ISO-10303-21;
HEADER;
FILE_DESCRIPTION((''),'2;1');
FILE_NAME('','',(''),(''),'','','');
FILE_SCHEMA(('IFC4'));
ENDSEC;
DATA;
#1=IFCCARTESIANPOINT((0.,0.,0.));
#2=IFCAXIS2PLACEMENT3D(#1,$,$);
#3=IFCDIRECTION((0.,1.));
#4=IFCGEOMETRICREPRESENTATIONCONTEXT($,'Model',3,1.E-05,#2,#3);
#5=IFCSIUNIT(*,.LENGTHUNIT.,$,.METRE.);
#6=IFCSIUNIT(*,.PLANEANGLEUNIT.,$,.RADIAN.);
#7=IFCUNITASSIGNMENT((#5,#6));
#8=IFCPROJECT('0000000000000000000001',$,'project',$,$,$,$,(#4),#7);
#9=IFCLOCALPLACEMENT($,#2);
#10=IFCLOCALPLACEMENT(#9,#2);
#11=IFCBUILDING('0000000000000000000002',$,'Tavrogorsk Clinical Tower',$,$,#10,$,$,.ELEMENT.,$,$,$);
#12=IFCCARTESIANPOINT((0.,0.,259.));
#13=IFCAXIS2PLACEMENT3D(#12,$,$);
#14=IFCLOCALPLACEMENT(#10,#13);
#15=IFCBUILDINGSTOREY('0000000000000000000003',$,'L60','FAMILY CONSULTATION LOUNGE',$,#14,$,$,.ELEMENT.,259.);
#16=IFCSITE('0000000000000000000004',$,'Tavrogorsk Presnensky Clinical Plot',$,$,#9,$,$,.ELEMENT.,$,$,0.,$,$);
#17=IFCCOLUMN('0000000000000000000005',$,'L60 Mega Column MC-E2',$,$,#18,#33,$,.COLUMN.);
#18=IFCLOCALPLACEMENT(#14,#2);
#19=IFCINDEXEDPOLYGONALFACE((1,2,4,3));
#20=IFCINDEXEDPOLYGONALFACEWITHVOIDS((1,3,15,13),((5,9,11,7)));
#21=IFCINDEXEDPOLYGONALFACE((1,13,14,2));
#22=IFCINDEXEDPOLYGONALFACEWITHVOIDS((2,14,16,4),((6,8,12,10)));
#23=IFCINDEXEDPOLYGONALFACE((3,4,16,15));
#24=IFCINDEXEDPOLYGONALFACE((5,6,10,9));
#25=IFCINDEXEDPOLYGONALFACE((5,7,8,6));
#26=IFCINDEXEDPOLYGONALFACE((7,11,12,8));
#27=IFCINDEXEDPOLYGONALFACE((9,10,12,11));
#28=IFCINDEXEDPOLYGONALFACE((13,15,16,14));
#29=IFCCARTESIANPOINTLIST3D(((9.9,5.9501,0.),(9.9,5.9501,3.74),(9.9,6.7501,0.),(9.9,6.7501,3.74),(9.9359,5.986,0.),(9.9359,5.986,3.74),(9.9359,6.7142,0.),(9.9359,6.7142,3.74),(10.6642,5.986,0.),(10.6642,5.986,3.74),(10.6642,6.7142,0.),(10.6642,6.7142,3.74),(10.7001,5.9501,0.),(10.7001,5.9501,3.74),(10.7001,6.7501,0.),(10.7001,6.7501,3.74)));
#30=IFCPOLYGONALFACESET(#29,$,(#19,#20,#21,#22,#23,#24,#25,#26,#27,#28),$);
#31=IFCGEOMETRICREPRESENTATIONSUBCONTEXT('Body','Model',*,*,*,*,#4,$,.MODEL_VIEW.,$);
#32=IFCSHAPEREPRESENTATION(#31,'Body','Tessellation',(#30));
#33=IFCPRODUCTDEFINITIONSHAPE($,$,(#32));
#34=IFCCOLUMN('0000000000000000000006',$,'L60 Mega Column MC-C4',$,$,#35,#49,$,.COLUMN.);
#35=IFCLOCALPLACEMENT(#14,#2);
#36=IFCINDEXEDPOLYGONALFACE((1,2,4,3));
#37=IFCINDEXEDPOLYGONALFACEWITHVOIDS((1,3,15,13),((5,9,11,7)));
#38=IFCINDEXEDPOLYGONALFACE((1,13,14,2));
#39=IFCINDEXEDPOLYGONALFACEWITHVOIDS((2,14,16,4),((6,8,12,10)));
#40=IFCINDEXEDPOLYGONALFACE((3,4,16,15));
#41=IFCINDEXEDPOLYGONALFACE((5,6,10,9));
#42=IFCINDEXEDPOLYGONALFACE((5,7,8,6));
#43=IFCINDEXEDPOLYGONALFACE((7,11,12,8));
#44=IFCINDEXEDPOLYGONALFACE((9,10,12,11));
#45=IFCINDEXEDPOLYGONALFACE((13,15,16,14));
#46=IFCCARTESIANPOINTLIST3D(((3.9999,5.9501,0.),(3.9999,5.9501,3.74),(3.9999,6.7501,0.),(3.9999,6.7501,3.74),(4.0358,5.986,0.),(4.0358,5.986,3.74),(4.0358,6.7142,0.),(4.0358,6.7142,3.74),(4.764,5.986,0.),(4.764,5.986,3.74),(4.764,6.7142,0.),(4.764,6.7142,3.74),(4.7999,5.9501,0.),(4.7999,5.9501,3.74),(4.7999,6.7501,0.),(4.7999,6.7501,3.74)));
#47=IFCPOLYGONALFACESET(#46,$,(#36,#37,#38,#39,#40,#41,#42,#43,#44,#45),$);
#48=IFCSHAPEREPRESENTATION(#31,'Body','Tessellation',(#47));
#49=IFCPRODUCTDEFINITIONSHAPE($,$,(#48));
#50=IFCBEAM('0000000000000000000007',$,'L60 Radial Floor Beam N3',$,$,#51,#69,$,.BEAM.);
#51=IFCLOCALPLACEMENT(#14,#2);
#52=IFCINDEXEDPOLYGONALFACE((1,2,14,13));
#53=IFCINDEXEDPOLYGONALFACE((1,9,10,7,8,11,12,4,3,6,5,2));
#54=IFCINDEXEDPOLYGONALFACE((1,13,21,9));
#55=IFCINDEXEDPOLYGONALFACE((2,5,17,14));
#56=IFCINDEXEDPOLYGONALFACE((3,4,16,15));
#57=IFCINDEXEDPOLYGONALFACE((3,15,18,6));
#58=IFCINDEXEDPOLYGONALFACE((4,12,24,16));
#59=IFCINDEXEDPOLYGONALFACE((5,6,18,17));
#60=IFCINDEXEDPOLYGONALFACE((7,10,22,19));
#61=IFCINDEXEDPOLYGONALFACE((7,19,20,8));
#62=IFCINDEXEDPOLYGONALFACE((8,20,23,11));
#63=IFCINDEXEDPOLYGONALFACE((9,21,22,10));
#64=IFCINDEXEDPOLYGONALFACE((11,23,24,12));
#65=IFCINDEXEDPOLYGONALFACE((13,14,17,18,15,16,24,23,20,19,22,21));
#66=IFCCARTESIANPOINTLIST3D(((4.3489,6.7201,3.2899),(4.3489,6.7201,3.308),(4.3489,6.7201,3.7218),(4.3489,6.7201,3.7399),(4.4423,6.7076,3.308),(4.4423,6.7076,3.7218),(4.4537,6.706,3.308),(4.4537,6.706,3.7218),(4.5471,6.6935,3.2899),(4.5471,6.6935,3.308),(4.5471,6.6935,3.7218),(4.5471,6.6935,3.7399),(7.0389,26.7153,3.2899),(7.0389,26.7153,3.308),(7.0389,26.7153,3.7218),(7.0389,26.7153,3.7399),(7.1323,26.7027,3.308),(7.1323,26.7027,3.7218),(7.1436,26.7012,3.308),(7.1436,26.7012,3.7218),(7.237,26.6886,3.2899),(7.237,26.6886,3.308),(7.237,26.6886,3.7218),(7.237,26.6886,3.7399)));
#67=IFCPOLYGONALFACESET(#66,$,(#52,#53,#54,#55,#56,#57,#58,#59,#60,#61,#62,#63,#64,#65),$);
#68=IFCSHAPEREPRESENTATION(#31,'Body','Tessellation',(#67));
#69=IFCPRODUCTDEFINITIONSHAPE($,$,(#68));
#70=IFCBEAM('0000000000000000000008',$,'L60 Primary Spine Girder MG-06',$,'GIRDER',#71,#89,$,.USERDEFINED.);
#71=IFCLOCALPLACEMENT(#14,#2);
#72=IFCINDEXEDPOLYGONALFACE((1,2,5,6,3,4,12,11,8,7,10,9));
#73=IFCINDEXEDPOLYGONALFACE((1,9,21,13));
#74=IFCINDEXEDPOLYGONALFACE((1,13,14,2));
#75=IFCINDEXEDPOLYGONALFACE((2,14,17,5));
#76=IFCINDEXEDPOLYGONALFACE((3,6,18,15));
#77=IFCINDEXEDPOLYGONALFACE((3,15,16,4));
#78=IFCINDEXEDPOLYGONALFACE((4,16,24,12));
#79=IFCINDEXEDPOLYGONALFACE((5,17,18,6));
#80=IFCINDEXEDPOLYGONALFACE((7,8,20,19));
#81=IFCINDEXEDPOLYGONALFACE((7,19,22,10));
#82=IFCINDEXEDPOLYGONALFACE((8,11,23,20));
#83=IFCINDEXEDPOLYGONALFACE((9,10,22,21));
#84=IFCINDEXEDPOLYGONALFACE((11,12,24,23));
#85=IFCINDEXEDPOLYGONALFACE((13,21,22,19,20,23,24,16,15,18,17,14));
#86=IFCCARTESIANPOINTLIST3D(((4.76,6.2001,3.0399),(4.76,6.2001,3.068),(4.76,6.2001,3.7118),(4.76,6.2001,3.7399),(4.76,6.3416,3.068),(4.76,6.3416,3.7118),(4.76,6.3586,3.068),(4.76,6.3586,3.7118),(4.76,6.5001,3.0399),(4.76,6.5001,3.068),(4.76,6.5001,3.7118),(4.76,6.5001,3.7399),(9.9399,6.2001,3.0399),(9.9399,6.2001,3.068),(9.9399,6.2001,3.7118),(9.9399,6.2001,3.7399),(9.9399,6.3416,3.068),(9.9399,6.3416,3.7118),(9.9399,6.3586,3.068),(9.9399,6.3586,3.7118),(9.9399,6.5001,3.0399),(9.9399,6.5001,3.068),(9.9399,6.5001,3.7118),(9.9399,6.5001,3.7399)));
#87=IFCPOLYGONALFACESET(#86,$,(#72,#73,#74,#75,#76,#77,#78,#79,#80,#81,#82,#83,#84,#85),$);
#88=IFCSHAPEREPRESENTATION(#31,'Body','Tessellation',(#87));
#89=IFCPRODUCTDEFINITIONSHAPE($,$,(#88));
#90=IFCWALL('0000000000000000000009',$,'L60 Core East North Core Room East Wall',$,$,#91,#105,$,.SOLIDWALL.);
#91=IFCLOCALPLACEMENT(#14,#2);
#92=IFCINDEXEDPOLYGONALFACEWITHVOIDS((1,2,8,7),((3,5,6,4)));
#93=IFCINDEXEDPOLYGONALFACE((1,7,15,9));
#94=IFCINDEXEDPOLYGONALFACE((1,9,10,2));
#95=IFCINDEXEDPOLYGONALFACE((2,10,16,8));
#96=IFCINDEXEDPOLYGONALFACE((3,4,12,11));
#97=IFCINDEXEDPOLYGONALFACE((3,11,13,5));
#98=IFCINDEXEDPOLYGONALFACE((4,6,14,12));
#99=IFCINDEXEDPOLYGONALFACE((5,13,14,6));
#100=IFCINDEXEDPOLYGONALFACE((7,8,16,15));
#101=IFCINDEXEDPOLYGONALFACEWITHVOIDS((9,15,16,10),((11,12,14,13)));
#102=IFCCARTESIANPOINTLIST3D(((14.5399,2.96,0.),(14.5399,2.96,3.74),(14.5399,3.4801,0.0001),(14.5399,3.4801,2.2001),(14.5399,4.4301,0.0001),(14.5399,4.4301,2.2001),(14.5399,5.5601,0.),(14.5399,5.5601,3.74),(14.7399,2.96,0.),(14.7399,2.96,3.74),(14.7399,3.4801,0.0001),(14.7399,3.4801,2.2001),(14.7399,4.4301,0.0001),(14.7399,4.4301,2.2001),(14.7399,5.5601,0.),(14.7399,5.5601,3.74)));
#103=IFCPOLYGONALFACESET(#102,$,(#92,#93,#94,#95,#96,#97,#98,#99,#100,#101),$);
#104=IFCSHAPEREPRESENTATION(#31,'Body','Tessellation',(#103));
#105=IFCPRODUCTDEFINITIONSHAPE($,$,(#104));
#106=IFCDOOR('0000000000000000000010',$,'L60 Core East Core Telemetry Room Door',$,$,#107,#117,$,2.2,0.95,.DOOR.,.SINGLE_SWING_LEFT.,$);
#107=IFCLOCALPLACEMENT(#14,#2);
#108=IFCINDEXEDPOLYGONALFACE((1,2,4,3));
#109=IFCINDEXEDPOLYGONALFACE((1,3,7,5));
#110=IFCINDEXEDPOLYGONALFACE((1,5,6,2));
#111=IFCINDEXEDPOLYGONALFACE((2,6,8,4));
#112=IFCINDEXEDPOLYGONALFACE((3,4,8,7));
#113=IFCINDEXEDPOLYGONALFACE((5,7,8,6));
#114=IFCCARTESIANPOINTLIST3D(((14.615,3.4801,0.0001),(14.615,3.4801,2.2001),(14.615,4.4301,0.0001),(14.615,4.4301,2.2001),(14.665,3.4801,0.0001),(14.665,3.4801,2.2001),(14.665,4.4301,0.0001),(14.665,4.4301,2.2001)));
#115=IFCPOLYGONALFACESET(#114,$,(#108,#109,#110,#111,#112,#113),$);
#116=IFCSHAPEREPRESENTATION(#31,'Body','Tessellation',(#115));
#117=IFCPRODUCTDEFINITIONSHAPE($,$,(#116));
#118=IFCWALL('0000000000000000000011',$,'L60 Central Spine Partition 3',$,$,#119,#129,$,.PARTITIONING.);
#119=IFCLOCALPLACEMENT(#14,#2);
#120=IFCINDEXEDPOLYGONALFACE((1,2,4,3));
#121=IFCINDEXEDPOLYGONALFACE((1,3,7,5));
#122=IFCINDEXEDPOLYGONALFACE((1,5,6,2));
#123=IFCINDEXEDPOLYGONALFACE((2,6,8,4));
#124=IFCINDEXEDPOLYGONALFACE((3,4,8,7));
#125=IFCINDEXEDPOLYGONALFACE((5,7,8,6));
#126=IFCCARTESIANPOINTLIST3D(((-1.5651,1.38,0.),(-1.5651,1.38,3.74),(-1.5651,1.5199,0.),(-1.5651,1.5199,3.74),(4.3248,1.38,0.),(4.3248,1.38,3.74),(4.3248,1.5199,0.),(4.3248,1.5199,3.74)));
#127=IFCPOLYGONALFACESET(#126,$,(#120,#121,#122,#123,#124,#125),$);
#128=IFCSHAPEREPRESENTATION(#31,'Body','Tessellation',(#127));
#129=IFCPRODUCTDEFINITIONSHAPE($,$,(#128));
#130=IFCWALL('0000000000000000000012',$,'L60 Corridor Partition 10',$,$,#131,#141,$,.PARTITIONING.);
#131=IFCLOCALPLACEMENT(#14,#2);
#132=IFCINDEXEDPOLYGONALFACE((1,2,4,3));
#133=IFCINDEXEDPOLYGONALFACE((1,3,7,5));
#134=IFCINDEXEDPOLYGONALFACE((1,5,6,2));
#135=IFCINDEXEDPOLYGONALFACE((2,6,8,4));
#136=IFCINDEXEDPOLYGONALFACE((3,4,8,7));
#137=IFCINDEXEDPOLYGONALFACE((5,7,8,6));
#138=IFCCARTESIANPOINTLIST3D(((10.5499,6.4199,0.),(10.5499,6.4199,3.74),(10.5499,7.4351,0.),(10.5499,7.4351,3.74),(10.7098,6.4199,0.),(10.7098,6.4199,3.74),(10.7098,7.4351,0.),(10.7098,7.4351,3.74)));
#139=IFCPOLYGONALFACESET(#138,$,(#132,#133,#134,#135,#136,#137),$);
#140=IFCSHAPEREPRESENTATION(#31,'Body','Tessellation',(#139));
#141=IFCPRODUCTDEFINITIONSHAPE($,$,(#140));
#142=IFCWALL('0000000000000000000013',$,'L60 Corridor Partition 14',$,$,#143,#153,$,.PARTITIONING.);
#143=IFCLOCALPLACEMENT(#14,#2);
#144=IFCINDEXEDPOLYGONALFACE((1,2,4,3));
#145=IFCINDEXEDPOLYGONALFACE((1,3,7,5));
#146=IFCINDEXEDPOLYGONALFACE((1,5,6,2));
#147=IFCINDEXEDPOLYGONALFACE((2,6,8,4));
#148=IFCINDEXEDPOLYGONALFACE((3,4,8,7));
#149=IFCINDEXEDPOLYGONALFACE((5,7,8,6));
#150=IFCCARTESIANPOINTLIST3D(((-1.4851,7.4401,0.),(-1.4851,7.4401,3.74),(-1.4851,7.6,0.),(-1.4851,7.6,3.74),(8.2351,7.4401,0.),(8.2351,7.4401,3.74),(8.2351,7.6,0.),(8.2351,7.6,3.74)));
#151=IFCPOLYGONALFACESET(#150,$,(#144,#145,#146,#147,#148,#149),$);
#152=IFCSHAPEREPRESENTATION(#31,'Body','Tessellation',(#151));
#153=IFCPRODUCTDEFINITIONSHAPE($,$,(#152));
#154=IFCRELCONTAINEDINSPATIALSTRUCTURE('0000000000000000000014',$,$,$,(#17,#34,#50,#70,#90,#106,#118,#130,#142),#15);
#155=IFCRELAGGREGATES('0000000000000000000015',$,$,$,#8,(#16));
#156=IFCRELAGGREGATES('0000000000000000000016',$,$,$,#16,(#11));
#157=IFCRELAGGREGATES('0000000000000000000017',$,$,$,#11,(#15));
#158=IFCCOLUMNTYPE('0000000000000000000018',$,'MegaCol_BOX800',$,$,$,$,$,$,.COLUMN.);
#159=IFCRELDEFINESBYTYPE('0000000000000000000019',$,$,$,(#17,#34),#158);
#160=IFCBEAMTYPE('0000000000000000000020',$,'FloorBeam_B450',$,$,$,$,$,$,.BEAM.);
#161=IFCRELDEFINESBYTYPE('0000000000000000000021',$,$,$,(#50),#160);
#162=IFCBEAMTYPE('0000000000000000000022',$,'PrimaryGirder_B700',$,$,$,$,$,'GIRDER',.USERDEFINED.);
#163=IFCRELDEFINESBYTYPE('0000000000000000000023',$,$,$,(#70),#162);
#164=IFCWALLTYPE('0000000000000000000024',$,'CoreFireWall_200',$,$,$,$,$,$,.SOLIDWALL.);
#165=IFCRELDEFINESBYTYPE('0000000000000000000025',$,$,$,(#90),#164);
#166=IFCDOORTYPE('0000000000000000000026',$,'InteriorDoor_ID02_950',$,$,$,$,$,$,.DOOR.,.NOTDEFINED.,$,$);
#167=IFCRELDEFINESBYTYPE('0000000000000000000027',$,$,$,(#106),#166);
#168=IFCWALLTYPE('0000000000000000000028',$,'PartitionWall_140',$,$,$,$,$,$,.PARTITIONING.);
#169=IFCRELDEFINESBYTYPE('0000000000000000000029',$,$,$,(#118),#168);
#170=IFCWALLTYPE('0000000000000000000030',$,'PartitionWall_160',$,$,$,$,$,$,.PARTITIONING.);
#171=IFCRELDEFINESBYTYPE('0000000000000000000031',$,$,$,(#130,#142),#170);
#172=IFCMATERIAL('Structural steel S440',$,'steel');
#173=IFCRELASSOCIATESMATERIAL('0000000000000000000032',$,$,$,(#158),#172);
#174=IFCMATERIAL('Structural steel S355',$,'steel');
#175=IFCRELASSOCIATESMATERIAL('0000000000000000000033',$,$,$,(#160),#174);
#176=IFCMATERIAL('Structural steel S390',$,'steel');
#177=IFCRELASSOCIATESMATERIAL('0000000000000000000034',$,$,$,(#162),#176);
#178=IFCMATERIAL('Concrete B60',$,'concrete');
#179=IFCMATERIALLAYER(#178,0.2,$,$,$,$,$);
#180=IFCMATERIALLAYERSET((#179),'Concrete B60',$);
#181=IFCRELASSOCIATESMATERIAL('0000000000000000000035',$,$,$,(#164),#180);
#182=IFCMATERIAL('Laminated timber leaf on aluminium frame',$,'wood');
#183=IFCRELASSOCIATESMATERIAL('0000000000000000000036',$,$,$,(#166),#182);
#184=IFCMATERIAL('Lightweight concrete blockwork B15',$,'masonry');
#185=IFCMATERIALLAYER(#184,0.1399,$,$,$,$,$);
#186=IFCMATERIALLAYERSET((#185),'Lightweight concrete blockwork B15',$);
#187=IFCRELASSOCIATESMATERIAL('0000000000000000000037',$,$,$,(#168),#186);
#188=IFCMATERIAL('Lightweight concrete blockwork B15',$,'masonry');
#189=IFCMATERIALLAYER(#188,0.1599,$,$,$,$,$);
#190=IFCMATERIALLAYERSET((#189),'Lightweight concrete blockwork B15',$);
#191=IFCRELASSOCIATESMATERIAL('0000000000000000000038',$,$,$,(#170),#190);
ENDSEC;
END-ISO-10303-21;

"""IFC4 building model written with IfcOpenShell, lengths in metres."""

from ifc_helpers import new_model, si_unit, direction, frame, frame_2d, origin, origin_2d, place, context, subcontext, project, spatial, rectangle, hollow_rectangle, i_section, extrude, material, layer, layer_set, material_profile, profile_set, type_object, element, fill, save


model = new_model("IFC4")

# Units and contexts
model_context = context("Model", 3, precision=1e-05, world=origin(), true_north=direction((0.0, 1.0)))
body_context = subcontext(model_context, "Body", "Model", "MODEL_VIEW")
ifc_project = project(units=[si_unit("LENGTHUNIT", "METRE"), si_unit("PLANEANGLEUNIT", "RADIAN")], contexts=[model_context])

# Site, building, storey
site_placement = place(None, origin())
site = spatial("IfcSite", under=ifc_project, at=site_placement, Name="Tavrogorsk Presnensky Clinical Plot", CompositionType="ELEMENT", RefElevation=0.0)
building_placement = place(site_placement, origin())
building = spatial("IfcBuilding", under=site, at=building_placement, Name="Tavrogorsk Clinical Tower", CompositionType="ELEMENT")
storey_placement = place(building_placement, frame((0.0, 0.0, 259.0)))
storey = spatial("IfcBuildingStorey", under=building, at=storey_placement, Name="L60", Description="FAMILY CONSULTATION LOUNGE", CompositionType="ELEMENT", Elevation=259.0)

# Columns
ifc_material_1 = material(Name="Structural steel S440", Category="steel")
ifc_material_profile_1 = material_profile(ifc_material_1, hollow_rectangle(XDim=0.8, YDim=0.8, WallThickness=0.0359, at=origin_2d()), Name="BOX-800x800x36")
ifc_profile_set_1 = profile_set([ifc_material_profile_1], Name="Structural steel S440")
column_type = type_object("IfcColumnType", Name="MegaCol_BOX800", PredefinedType="COLUMN", material=ifc_profile_set_1)
for number, where, z_axis, x_axis, name in (
    (1, (10.3, 6.3501, 0.0), (0.0, 0.0, 1.0), (1.0, 0.0, 0.0), "L60 Mega Column MC-E2"),
    (2, (4.3999, 6.3501, 0.0), (0.0, 0.0, 1.0), (1.0, 0.0, 0.0), "L60 Mega Column MC-C4"),
):
    element("IfcColumn", number, at=place(storey_placement, frame(where, z_axis=z_axis, x_axis=x_axis)), inside=storey, type_object=column_type, Name=name, PredefinedType="COLUMN", context=body_context, shape_type="SweptSolid", body=[
        extrude(hollow_rectangle(XDim=0.8, YDim=0.8, WallThickness=0.0359, at=origin_2d()), origin(), (0.0, 0.0, 1.0), 3.74),
    ])

# Beams
ifc_material_2 = material(Name="Structural steel S355", Category="steel")
ifc_material_profile_2 = material_profile(ifc_material_2, i_section(OverallWidth=0.2, OverallDepth=0.45, WebThickness=0.0115, FlangeThickness=0.0181, at=origin_2d()), Name="B-450x200x11.5x18")
ifc_profile_set_2 = profile_set([ifc_material_profile_2], Name="Structural steel S355")
beam_type_1 = type_object("IfcBeamType", Name="FloorBeam_B450", PredefinedType="BEAM", material=ifc_profile_set_2)
beam_1_placement = place(storey_placement, frame((4.448, 6.7068, 3.5149), z_axis=(0.133329, 0.991072, 0.0), x_axis=(-0.991072, 0.133329, 0.0)))
element("IfcBeam", 3, at=beam_1_placement, inside=storey, type_object=beam_type_1, Name="L60 Radial Floor Beam N3", PredefinedType="BEAM", context=body_context, shape_type="SweptSolid", body=[
    extrude(i_section(OverallWidth=0.2, OverallDepth=0.45, WebThickness=0.0115, FlangeThickness=0.0181, at=origin_2d()), origin(), (0.0, 0.0, 1.0), 20.1753),
])
ifc_material_3 = material(Name="Structural steel S390", Category="steel")
ifc_material_profile_3 = material_profile(ifc_material_3, i_section(OverallWidth=0.3, OverallDepth=0.7, WebThickness=0.0171, FlangeThickness=0.0281, at=origin_2d()), Name="B-700x300x17x28")
ifc_profile_set_3 = profile_set([ifc_material_profile_3], Name="Structural steel S390")
beam_type_2 = type_object("IfcBeamType", Name="PrimaryGirder_B700", ElementType="GIRDER", PredefinedType="USERDEFINED", material=ifc_profile_set_3)
beam_2_placement = place(storey_placement, frame((4.76, 6.3501, 3.3899), z_axis=(1.0, 0.0, 0.0), x_axis=(0.0, 1.0, 0.0)))
element("IfcBeam", 4, at=beam_2_placement, inside=storey, type_object=beam_type_2, Name="L60 Primary Spine Girder MG-06", ObjectType="GIRDER", PredefinedType="USERDEFINED", context=body_context, shape_type="SweptSolid", body=[
    extrude(i_section(OverallWidth=0.3, OverallDepth=0.7, WebThickness=0.0171, FlangeThickness=0.0281, at=origin_2d()), origin(), (0.0, 0.0, 1.0), 5.1799),
])

# Wall, opening, door
ifc_material_4 = material(Name="Concrete B60", Category="concrete")
ifc_layer_1 = layer(ifc_material_4, 0.2)
ifc_layer_set_1 = layer_set([ifc_layer_1], Name="Concrete B60")
wall_type_1 = type_object("IfcWallType", Name="CoreFireWall_200", PredefinedType="SOLIDWALL", material=ifc_layer_set_1)
wall_1_placement = place(storey_placement, frame((14.6399, 2.96, 0.0), z_axis=(0.0, 0.0, 1.0), x_axis=(0.0, 1.0, 0.0)))
wall_1 = element("IfcWall", 5, at=wall_1_placement, inside=storey, type_object=wall_type_1, Name="L60 Core East North Core Room East Wall", PredefinedType="SOLIDWALL", context=body_context, shape_type="SweptSolid", body=[
    extrude(rectangle(XDim=2.6001, YDim=0.2, at=frame_2d((1.3, 0.0))), origin(), (0.0, 0.0, 1.0), 3.74),
])
opening_1_placement = place(wall_1_placement, frame((0.52, 0.0, 0.0)))
opening_1 = element("IfcOpeningElement", 6, at=opening_1_placement, cuts=wall_1, PredefinedType="OPENING", context=body_context, shape_type="SweptSolid", body=[
    extrude(rectangle(XDim=0.95, YDim=2.2, at=frame_2d((0.4751, 1.1001))), frame((0.0, 0.1099, 0.0), z_axis=(0.0, -1.0, 0.0), x_axis=(1.0, 0.0, 0.0)), (0.0, 0.0, 1.0), 0.22),
])
ifc_material_5 = material(Name="Laminated timber leaf on aluminium frame", Category="wood")
door_type_1 = type_object("IfcDoorType", Name="InteriorDoor_ID02_950", OperationType="NOTDEFINED", PredefinedType="DOOR", material=ifc_material_5)
door_1_placement = place(opening_1_placement, origin())
door_1 = element("IfcDoor", 7, at=door_1_placement, inside=storey, type_object=door_type_1, Name="L60 Core East Core Telemetry Room Door", OperationType="SINGLE_SWING_LEFT", OverallHeight=2.2, OverallWidth=0.95, PredefinedType="DOOR", context=body_context, shape_type="SweptSolid", body=[
    extrude(rectangle(XDim=0.95, YDim=2.2, at=frame_2d((0.4751, 1.1001))), frame((0.0, 0.0249, 0.0), z_axis=(0.0, -1.0, 0.0), x_axis=(1.0, 0.0, 0.0)), (0.0, 0.0, 1.0), 0.05),
])
fill(opening_1, door_1)

# Walls
ifc_material_6 = material(Name="Lightweight concrete blockwork B15", Category="masonry")
ifc_layer_2 = layer(ifc_material_6, 0.1399)
ifc_layer_set_2 = layer_set([ifc_layer_2], Name="Lightweight concrete blockwork B15")
wall_type_2 = type_object("IfcWallType", Name="PartitionWall_140", PredefinedType="PARTITIONING", material=ifc_layer_set_2)
wall_2_placement = place(storey_placement, frame((-1.5649, 1.45, 0.0), z_axis=(0.0, 0.0, 1.0), x_axis=(1.0, 0.0, 0.0)))
element("IfcWall", 8, at=wall_2_placement, inside=storey, type_object=wall_type_2, Name="L60 Central Spine Partition 3", PredefinedType="PARTITIONING", context=body_context, shape_type="SweptSolid", body=[
    extrude(rectangle(XDim=5.8899, YDim=0.1399, at=frame_2d((2.9448, 0.0))), origin(), (0.0, 0.0, 1.0), 3.74),
])
ifc_material_7 = material(Name="Lightweight concrete blockwork B15", Category="masonry")
ifc_layer_3 = layer(ifc_material_7, 0.1599)
ifc_layer_set_3 = layer_set([ifc_layer_3], Name="Lightweight concrete blockwork B15")
wall_type_3 = type_object("IfcWallType", Name="PartitionWall_160", PredefinedType="PARTITIONING", material=ifc_layer_set_3)
wall_3_placement = place(storey_placement, frame((10.6299, 7.4351, 0.0), z_axis=(0.0, 0.0, 1.0), x_axis=(0.0, -1.0, 0.0)))
element("IfcWall", 9, at=wall_3_placement, inside=storey, type_object=wall_type_3, Name="L60 Corridor Partition 10", PredefinedType="PARTITIONING", context=body_context, shape_type="SweptSolid", body=[
    extrude(rectangle(XDim=1.0151, YDim=0.1599, at=frame_2d((0.5076, 0.0))), origin(), (0.0, 0.0, 1.0), 3.74),
])
wall_4_placement = place(storey_placement, frame((8.2351, 7.52, 0.0), z_axis=(0.0, 0.0, 1.0), x_axis=(-1.0, 0.0, 0.0)))
element("IfcWall", 10, at=wall_4_placement, inside=storey, type_object=wall_type_3, Name="L60 Corridor Partition 14", PredefinedType="PARTITIONING", context=body_context, shape_type="SweptSolid", body=[
    extrude(rectangle(XDim=9.7202, YDim=0.1599, at=frame_2d((4.8601, 0.0))), origin(), (0.0, 0.0, 1.0), 3.74),
])

save(model, "model.ifc")
